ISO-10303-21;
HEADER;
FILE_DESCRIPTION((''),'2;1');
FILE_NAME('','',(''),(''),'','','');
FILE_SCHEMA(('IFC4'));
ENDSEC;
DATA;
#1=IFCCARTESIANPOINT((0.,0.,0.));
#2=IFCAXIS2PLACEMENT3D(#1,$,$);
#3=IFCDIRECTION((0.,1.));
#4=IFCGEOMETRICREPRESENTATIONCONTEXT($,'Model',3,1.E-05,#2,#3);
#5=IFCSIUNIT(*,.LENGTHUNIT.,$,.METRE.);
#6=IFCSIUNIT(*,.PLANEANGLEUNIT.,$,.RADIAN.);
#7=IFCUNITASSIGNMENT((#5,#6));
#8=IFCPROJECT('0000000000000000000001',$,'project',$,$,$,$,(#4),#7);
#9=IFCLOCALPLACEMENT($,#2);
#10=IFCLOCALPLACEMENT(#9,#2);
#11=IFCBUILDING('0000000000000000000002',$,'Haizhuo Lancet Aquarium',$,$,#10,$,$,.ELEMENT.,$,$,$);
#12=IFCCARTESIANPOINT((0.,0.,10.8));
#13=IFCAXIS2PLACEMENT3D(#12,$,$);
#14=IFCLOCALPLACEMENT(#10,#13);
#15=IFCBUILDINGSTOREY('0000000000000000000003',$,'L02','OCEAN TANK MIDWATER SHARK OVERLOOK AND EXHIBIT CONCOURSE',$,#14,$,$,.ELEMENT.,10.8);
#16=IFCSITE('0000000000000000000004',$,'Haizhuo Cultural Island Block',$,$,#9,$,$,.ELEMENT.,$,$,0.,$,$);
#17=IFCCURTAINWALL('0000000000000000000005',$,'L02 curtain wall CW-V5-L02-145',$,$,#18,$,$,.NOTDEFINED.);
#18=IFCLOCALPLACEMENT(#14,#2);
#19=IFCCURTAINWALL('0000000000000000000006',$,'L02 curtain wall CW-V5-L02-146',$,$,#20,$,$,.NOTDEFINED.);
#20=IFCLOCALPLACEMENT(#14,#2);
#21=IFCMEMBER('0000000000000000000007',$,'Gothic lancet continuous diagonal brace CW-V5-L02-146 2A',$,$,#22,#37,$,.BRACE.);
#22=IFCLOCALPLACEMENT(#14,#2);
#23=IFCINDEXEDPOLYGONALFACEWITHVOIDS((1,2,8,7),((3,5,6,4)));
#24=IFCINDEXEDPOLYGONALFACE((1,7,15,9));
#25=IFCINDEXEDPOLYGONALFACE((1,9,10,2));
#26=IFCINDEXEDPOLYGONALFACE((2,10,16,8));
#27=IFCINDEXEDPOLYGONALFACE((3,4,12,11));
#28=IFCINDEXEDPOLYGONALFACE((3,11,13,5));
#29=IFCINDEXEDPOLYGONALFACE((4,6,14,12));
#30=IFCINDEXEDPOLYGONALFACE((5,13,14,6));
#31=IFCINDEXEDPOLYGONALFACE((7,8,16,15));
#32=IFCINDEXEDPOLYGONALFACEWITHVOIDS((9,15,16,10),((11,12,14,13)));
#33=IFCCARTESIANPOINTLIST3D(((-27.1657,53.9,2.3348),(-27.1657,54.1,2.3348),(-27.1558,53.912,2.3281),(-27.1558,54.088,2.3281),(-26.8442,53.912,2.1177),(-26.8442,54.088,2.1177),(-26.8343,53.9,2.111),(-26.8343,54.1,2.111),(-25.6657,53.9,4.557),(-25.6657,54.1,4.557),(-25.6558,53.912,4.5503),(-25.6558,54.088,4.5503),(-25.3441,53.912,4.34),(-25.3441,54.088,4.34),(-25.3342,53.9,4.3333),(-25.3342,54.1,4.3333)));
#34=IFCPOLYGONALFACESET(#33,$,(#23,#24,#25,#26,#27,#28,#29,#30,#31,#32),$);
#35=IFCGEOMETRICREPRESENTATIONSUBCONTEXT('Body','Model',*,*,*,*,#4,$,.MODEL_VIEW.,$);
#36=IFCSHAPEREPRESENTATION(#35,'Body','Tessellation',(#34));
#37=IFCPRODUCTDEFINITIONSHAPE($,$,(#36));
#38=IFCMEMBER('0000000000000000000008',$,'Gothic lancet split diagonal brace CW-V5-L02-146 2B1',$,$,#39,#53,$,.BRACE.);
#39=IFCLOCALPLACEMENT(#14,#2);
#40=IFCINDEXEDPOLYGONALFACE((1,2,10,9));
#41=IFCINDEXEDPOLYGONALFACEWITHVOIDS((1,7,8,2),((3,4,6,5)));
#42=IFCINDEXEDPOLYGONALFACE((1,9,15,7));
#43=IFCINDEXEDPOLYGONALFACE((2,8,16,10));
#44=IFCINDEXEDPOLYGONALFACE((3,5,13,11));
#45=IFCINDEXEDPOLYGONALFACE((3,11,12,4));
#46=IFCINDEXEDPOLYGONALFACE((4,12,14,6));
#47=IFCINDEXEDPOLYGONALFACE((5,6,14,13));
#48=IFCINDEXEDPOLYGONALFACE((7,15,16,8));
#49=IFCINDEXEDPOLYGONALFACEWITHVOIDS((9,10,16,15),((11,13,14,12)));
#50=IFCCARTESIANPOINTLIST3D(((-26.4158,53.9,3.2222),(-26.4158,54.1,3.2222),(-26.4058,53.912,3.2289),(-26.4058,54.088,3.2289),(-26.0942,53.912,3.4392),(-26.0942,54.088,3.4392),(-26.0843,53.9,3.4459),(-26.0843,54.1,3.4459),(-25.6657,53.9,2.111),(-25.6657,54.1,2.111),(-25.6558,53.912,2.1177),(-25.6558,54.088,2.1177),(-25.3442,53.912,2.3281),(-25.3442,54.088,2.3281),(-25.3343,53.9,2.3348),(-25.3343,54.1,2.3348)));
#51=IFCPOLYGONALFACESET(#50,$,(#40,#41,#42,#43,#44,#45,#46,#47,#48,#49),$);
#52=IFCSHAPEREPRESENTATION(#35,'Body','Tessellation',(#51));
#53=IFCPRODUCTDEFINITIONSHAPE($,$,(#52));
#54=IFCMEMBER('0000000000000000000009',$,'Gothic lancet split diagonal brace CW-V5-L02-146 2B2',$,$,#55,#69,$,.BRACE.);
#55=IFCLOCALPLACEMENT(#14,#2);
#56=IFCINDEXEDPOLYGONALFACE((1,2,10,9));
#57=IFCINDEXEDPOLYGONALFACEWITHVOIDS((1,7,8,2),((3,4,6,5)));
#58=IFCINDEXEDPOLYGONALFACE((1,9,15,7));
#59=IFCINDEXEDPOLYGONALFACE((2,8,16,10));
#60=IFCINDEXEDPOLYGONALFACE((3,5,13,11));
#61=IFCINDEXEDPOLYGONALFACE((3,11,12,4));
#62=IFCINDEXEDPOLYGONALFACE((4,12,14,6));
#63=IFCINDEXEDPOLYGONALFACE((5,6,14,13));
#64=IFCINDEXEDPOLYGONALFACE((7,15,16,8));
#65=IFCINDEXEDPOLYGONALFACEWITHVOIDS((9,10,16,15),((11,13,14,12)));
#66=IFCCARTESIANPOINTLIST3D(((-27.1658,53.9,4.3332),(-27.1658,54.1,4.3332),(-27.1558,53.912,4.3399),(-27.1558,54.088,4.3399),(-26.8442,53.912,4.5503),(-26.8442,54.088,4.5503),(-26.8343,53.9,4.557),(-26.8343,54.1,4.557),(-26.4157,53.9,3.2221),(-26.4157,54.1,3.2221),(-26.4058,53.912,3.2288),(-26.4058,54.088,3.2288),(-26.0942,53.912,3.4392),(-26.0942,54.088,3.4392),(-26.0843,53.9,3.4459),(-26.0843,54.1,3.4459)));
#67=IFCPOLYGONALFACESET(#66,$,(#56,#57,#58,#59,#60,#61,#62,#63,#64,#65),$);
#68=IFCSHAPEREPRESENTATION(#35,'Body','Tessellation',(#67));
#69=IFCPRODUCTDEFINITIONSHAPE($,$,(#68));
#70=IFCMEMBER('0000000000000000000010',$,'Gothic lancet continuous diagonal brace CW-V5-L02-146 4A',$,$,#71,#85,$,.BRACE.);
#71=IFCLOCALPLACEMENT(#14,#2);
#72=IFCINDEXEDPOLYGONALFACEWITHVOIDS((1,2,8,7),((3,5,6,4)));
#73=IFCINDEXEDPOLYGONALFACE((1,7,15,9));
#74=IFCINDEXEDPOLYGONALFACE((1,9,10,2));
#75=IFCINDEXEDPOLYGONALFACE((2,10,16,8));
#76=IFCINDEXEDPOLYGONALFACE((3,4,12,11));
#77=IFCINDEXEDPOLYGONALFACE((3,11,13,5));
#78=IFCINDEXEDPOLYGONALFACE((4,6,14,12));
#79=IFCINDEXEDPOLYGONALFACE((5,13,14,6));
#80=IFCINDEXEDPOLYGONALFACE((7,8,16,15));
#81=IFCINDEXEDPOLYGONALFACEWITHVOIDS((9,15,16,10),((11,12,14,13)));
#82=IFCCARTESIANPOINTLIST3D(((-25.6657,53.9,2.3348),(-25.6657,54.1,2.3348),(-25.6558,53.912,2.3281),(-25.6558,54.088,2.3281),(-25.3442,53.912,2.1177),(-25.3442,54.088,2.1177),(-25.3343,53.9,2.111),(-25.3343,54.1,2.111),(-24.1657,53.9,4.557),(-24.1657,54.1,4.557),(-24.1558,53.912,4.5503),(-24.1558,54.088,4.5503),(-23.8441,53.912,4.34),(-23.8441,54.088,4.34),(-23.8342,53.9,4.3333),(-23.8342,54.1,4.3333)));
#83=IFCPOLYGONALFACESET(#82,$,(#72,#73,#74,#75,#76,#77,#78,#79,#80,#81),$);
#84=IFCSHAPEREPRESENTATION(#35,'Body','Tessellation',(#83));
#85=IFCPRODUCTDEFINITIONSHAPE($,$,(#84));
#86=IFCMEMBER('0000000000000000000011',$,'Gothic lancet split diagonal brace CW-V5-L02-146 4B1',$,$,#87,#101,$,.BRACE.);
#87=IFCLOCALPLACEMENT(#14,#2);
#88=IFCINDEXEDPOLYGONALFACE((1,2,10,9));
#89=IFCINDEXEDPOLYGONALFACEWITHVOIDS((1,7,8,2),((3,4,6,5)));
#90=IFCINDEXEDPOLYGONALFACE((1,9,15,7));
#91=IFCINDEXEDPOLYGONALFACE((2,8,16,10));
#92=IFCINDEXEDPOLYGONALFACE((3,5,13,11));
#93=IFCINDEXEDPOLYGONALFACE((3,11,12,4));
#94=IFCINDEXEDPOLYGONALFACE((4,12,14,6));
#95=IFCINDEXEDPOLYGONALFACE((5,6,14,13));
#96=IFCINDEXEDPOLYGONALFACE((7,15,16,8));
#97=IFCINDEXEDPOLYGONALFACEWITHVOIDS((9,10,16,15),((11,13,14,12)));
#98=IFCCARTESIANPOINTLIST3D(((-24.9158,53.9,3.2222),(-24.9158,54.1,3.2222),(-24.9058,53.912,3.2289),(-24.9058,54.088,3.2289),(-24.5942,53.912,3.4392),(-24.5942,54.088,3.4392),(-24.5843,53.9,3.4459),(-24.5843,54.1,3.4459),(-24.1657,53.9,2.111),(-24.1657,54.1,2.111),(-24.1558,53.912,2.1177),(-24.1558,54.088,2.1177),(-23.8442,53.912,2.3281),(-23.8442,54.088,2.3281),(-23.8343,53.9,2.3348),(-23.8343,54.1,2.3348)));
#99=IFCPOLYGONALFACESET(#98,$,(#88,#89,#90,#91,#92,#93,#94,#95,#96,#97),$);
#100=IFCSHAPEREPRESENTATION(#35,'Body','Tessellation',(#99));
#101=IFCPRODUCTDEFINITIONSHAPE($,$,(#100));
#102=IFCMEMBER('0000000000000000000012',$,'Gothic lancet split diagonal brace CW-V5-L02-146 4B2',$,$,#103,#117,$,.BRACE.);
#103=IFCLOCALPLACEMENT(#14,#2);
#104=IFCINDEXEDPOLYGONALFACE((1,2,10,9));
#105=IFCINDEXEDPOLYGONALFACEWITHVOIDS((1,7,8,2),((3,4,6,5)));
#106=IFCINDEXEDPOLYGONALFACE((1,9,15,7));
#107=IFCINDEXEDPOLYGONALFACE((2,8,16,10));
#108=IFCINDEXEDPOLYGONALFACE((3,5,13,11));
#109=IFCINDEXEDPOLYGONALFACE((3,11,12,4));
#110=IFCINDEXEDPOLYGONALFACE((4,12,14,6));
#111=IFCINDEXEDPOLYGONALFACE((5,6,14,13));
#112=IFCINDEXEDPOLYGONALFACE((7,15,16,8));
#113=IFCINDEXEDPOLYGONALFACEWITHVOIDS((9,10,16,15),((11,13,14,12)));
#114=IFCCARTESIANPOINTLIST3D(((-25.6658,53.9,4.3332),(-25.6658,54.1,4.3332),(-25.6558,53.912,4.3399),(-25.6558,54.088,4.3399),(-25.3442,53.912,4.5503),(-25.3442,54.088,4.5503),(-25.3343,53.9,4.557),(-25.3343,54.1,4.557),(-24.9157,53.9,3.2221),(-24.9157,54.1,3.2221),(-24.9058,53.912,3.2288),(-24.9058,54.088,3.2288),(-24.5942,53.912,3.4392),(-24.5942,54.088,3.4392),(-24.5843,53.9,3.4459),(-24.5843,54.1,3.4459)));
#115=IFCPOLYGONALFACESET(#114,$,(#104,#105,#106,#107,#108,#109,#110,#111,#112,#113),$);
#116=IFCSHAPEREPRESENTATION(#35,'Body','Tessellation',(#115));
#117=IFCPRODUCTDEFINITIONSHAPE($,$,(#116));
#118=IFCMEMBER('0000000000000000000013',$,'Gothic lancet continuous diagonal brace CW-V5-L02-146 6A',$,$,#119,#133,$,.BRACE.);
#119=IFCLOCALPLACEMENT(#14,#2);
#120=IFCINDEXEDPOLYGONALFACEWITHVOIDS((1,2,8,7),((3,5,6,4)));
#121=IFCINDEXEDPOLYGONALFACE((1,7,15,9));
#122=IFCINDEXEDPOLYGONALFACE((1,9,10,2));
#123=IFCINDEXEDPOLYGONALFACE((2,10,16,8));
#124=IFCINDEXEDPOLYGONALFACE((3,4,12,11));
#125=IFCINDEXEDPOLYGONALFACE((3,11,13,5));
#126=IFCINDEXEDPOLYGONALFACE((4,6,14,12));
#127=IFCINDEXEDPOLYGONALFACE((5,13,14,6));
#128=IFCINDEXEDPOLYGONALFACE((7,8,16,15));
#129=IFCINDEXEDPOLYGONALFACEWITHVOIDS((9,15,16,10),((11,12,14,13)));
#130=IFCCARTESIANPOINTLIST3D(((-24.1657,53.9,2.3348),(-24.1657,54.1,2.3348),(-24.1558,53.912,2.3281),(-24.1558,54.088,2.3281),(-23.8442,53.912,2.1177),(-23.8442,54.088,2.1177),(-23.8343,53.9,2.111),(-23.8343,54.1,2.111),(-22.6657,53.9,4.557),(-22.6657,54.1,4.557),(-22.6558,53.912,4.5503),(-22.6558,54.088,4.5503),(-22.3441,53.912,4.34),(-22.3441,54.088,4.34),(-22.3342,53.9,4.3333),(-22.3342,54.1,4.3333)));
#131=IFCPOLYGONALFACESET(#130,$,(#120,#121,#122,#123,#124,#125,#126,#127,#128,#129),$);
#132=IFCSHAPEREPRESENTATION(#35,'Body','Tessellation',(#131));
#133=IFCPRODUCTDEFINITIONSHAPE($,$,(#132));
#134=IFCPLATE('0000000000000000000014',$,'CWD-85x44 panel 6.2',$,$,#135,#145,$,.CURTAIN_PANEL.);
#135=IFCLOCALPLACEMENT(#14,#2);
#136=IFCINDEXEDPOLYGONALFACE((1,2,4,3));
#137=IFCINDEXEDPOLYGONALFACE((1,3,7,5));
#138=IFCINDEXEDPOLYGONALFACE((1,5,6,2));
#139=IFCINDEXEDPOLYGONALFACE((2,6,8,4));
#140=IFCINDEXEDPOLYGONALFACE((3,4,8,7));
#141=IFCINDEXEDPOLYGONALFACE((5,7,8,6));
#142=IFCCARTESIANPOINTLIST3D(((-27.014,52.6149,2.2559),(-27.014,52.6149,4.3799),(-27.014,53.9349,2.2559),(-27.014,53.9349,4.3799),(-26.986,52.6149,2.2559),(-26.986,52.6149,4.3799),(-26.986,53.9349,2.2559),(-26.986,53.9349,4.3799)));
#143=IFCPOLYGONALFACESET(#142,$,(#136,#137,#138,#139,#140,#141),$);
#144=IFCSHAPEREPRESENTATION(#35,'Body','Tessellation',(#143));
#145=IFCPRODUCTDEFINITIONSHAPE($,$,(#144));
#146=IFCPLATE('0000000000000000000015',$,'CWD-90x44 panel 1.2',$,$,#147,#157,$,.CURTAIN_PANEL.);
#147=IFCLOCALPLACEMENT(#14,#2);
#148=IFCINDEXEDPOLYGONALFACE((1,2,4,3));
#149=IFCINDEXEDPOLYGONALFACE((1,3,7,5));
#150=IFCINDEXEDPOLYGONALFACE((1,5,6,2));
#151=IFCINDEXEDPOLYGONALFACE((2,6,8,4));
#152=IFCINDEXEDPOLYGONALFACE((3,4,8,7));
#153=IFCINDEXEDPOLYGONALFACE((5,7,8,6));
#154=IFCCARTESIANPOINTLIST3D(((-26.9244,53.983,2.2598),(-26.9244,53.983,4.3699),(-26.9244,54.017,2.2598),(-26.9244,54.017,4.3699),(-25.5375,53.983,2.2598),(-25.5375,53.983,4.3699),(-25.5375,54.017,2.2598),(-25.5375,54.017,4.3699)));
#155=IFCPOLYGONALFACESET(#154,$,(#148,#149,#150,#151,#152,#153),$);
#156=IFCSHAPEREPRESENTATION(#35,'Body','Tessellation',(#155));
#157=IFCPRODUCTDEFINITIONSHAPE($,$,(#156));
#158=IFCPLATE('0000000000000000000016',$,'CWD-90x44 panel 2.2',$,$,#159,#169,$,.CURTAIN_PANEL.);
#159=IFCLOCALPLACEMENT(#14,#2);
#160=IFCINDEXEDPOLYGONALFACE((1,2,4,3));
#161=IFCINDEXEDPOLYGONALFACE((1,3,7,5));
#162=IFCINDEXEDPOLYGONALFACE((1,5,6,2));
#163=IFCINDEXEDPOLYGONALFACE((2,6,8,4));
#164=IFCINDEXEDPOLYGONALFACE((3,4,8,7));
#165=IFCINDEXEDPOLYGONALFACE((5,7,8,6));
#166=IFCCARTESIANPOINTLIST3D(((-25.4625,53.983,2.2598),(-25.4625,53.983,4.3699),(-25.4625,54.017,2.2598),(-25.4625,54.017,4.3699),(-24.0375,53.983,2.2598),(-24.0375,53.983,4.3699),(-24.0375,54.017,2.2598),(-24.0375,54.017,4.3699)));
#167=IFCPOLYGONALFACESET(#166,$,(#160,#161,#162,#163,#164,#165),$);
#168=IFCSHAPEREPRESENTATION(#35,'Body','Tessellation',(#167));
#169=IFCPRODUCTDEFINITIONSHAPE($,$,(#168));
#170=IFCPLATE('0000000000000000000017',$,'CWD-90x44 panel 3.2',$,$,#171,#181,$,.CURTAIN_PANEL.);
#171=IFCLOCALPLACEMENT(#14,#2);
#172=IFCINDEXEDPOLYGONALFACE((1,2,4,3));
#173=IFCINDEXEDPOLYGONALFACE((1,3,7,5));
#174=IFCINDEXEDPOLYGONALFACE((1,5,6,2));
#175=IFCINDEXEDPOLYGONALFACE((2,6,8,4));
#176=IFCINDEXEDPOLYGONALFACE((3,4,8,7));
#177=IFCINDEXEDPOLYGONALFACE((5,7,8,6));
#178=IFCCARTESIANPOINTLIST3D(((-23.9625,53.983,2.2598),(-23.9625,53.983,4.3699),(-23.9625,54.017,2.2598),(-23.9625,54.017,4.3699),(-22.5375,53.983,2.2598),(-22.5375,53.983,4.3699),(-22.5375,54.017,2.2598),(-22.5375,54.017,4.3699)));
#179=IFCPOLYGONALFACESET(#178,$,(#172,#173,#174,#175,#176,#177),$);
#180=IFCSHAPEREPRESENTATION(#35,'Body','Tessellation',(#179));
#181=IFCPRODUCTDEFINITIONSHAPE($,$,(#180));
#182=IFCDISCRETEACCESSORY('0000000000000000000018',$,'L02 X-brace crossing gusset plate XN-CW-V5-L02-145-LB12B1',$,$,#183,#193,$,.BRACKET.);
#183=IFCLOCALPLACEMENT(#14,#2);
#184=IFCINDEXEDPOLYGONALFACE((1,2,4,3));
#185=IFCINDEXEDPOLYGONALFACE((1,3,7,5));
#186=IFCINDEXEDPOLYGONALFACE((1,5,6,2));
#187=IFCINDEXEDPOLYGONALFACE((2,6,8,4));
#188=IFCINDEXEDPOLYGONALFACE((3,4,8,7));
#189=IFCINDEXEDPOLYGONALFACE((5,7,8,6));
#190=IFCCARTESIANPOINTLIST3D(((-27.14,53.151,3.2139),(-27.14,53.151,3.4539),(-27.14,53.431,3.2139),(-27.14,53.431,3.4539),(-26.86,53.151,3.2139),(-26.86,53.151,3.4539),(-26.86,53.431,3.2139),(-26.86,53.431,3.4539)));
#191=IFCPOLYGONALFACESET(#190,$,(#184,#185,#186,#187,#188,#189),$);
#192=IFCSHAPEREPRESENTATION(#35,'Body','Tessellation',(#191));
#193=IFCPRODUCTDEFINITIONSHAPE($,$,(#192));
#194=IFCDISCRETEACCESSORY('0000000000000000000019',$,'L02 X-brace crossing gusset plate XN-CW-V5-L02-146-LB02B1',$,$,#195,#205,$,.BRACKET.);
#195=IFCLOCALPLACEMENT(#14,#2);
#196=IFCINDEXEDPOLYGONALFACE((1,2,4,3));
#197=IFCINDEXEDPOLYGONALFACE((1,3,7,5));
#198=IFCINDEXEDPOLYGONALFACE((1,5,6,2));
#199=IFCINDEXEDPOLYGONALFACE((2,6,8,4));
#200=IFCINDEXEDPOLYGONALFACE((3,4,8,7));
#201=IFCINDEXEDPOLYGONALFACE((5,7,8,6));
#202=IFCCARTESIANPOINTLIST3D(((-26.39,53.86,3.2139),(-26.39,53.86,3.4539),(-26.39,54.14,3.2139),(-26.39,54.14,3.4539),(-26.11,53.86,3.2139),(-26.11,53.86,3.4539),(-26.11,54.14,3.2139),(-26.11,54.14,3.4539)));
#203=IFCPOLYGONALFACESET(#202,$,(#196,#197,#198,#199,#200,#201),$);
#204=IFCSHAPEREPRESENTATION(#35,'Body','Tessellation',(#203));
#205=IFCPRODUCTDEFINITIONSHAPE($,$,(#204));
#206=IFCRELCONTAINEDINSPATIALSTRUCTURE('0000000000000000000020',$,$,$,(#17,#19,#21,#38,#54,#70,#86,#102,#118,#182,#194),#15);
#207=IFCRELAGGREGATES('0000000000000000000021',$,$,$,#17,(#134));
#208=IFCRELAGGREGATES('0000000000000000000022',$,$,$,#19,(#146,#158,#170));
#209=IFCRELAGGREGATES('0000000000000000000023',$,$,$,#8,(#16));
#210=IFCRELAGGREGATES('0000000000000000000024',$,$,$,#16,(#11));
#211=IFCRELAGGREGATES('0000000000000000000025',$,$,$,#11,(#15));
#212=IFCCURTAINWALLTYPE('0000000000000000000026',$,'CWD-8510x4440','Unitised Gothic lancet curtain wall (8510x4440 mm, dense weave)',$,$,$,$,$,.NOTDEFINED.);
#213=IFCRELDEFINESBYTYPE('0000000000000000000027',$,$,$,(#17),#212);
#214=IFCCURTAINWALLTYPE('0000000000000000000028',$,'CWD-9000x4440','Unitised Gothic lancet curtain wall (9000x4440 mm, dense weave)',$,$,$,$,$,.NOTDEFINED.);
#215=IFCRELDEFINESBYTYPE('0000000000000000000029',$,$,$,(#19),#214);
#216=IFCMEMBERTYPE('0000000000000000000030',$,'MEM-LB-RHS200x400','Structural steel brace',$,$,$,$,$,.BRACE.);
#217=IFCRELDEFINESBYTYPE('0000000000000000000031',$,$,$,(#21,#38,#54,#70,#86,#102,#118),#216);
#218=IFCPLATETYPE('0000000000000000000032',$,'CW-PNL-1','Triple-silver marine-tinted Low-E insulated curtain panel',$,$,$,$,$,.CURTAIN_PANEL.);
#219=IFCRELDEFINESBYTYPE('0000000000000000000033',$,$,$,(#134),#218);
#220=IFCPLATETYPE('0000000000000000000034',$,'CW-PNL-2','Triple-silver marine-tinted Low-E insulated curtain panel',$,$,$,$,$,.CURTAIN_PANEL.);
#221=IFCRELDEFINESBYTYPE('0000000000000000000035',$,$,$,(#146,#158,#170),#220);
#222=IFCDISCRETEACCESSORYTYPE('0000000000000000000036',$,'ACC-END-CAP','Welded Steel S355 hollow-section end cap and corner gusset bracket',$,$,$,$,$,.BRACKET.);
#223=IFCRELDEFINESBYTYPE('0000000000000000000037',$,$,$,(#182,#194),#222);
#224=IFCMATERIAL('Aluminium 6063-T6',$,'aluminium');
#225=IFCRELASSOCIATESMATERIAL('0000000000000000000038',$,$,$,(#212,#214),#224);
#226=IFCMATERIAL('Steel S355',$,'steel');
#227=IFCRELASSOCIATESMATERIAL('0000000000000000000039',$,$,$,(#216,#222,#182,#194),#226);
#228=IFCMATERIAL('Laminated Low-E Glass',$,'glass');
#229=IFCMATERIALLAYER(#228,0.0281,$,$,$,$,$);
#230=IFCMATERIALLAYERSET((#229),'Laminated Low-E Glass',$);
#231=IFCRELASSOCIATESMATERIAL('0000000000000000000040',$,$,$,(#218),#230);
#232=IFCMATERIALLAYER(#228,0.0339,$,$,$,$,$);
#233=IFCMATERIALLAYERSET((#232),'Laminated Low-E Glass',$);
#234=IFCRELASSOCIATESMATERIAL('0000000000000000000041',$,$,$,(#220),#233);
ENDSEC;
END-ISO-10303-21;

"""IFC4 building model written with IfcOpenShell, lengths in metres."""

from ifc_helpers import new_model, si_unit, direction, frame, origin, origin_2d, place, context, subcontext, project, spatial, rectangle, hollow_rectangle, extrude, material, layer, layer_set, material_profile, profile_set, type_object, element, aggregate, save


model = new_model("IFC4")

# Units and contexts
model_context = context("Model", 3, precision=1e-05, world=origin(), true_north=direction((0.0, 1.0)))
body_context = subcontext(model_context, "Body", "Model", "MODEL_VIEW")
ifc_project = project(units=[si_unit("LENGTHUNIT", "METRE"), si_unit("PLANEANGLEUNIT", "RADIAN")], contexts=[model_context])

# Site, building, storey
site_placement = place(None, origin())
site = spatial("IfcSite", under=ifc_project, at=site_placement, Name="Haizhuo Cultural Island Block", CompositionType="ELEMENT", RefElevation=0.0)
building_placement = place(site_placement, origin())
building = spatial("IfcBuilding", under=site, at=building_placement, Name="Haizhuo Lancet Aquarium", CompositionType="ELEMENT")
storey_placement = place(building_placement, frame((0.0, 0.0, 10.8)))
storey = spatial("IfcBuildingStorey", under=building, at=storey_placement, Name="L02", Description="OCEAN TANK MIDWATER SHARK OVERLOOK AND EXHIBIT CONCOURSE", CompositionType="ELEMENT", Elevation=10.8)

# Curtain walls
ifc_material_1 = material(Name="Aluminium 6063-T6", Category="aluminium")
curtain_wall_type_1 = type_object("IfcCurtainWallType", Name="CWD-8510x4440", Description="Unitised Gothic lancet curtain wall (8510x4440 mm, dense weave)", PredefinedType="NOTDEFINED", material=ifc_material_1)
curtain_wall_1_placement = place(storey_placement, origin())
curtain_wall_1 = element("IfcCurtainWall", 1, at=curtain_wall_1_placement, inside=storey, type_object=curtain_wall_type_1, Name="L02 curtain wall CW-V5-L02-145", PredefinedType="NOTDEFINED")
curtain_wall_type_2 = type_object("IfcCurtainWallType", Name="CWD-9000x4440", Description="Unitised Gothic lancet curtain wall (9000x4440 mm, dense weave)", PredefinedType="NOTDEFINED", material=ifc_material_1)
curtain_wall_2_placement = place(storey_placement, origin())
curtain_wall_2 = element("IfcCurtainWall", 2, at=curtain_wall_2_placement, inside=storey, type_object=curtain_wall_type_2, Name="L02 curtain wall CW-V5-L02-146", PredefinedType="NOTDEFINED")

# Members
ifc_material_2 = material(Name="Steel S355", Category="steel")
ifc_material_profile_1 = material_profile(ifc_material_2, hollow_rectangle(XDim=0.2, YDim=0.3999, WallThickness=0.012, at=origin_2d()), Name="RHS 200x400x12")
ifc_profile_set_1 = profile_set([ifc_material_profile_1], Name="Steel S355")
member_type_1 = type_object("IfcMemberType", Name="MEM-LB-RHS200x400", Description="Structural steel brace", PredefinedType="BRACE", material=ifc_profile_set_1)
member_1_placement = place(storey_placement, frame((-27.0, 54.0, 2.2229), z_axis=(0.559482, 0.0, 0.828842), x_axis=(0.0, 1.0, 0.0)))
element("IfcMember", 3, at=member_1_placement, inside=storey, type_object=member_type_1, Name="Gothic lancet continuous diagonal brace CW-V5-L02-146 2A", PredefinedType="BRACE", context=body_context, shape_type="SweptSolid", body=[
    extrude(hollow_rectangle(XDim=0.2, YDim=0.3999, WallThickness=0.012, at=origin_2d()), origin(), (0.0, 0.0, 1.0), 2.6812),
])
for number, where, z_axis, x_axis, name in (
    (4, (-25.5, 54.0, 2.2229), (-0.559482, 0.0, 0.828842), (0.0, -1.0, 0.0), "Gothic lancet split diagonal brace CW-V5-L02-146 2B1"),
    (5, (-26.25, 54.0, 3.334), (-0.559482, 0.0, 0.828842), (0.0, -1.0, 0.0), "Gothic lancet split diagonal brace CW-V5-L02-146 2B2"),
):
    element("IfcMember", number, at=place(storey_placement, frame(where, z_axis=z_axis, x_axis=x_axis)), inside=storey, type_object=member_type_1, Name=name, PredefinedType="BRACE", context=body_context, shape_type="SweptSolid", body=[
        extrude(hollow_rectangle(XDim=0.2, YDim=0.3999, WallThickness=0.012, at=origin_2d()), origin(), (0.0, 0.0, 1.0), 1.3406),
    ])
member_2_placement = place(storey_placement, frame((-25.5, 54.0, 2.2229), z_axis=(0.559482, 0.0, 0.828842), x_axis=(0.0, 1.0, 0.0)))
element("IfcMember", 6, at=member_2_placement, inside=storey, type_object=member_type_1, Name="Gothic lancet continuous diagonal brace CW-V5-L02-146 4A", PredefinedType="BRACE", context=body_context, shape_type="SweptSolid", body=[
    extrude(hollow_rectangle(XDim=0.2, YDim=0.3999, WallThickness=0.012, at=origin_2d()), origin(), (0.0, 0.0, 1.0), 2.6812),
])
for number, where, z_axis, x_axis, name in (
    (7, (-24.0, 54.0, 2.2229), (-0.559482, 0.0, 0.828842), (0.0, -1.0, 0.0), "Gothic lancet split diagonal brace CW-V5-L02-146 4B1"),
    (8, (-24.75, 54.0, 3.334), (-0.559482, 0.0, 0.828842), (0.0, -1.0, 0.0), "Gothic lancet split diagonal brace CW-V5-L02-146 4B2"),
):
    element("IfcMember", number, at=place(storey_placement, frame(where, z_axis=z_axis, x_axis=x_axis)), inside=storey, type_object=member_type_1, Name=name, PredefinedType="BRACE", context=body_context, shape_type="SweptSolid", body=[
        extrude(hollow_rectangle(XDim=0.2, YDim=0.3999, WallThickness=0.012, at=origin_2d()), origin(), (0.0, 0.0, 1.0), 1.3406),
    ])
member_3_placement = place(storey_placement, frame((-24.0, 54.0, 2.2229), z_axis=(0.559482, 0.0, 0.828842), x_axis=(0.0, 1.0, 0.0)))
element("IfcMember", 9, at=member_3_placement, inside=storey, type_object=member_type_1, Name="Gothic lancet continuous diagonal brace CW-V5-L02-146 6A", PredefinedType="BRACE", context=body_context, shape_type="SweptSolid", body=[
    extrude(hollow_rectangle(XDim=0.2, YDim=0.3999, WallThickness=0.012, at=origin_2d()), origin(), (0.0, 0.0, 1.0), 2.6812),
])

# Plates
ifc_material_3 = material(Name="Laminated Low-E Glass", Category="glass")
ifc_layer_1 = layer(ifc_material_3, 0.0281)
ifc_layer_set_1 = layer_set([ifc_layer_1], Name="Laminated Low-E Glass")
plate_type_1 = type_object("IfcPlateType", Name="CW-PNL-1", Description="Triple-silver marine-tinted Low-E insulated curtain panel", PredefinedType="CURTAIN_PANEL", material=ifc_layer_set_1)
plate_1_placement = place(storey_placement, frame((-27.0, 53.2749, 2.2559), z_axis=(0.0, 0.0, 1.0), x_axis=(0.0, 1.0, 0.0)))
plate_1 = element("IfcPlate", 10, at=plate_1_placement, type_object=plate_type_1, Name="CWD-85x44 panel 6.2", PredefinedType="CURTAIN_PANEL", context=body_context, shape_type="SweptSolid", body=[
    extrude(rectangle(XDim=1.3201, YDim=0.0281, at=origin_2d()), origin(), (0.0, 0.0, 1.0), 2.124),
])
aggregate(curtain_wall_1, [plate_1])
ifc_layer_2 = layer(ifc_material_3, 0.0339)
ifc_layer_set_2 = layer_set([ifc_layer_2], Name="Laminated Low-E Glass")
plate_type_2 = type_object("IfcPlateType", Name="CW-PNL-2", Description="Triple-silver marine-tinted Low-E insulated curtain panel", PredefinedType="CURTAIN_PANEL", material=ifc_layer_set_2)
plate_2_placement = place(storey_placement, frame((-26.231, 54.0, 2.2598), z_axis=(0.0, 0.0, 1.0), x_axis=(1.0, 0.0, 0.0)))
plate_2 = element("IfcPlate", 11, at=plate_2_placement, type_object=plate_type_2, Name="CWD-90x44 panel 1.2", PredefinedType="CURTAIN_PANEL", context=body_context, shape_type="SweptSolid", body=[
    extrude(rectangle(XDim=1.387, YDim=0.0339, at=origin_2d()), origin(), (0.0, 0.0, 1.0), 2.1101),
])
plate_3_placement = place(storey_placement, frame((-24.75, 54.0, 2.2598), z_axis=(0.0, 0.0, 1.0), x_axis=(1.0, 0.0, 0.0)))
plate_3 = element("IfcPlate", 12, at=plate_3_placement, type_object=plate_type_2, Name="CWD-90x44 panel 2.2", PredefinedType="CURTAIN_PANEL", context=body_context, shape_type="SweptSolid", body=[
    extrude(rectangle(XDim=1.425, YDim=0.0339, at=origin_2d()), origin(), (0.0, 0.0, 1.0), 2.1101),
])
plate_4_placement = place(storey_placement, frame((-23.25, 54.0, 2.2598), z_axis=(0.0, 0.0, 1.0), x_axis=(1.0, 0.0, 0.0)))
plate_4 = element("IfcPlate", 13, at=plate_4_placement, type_object=plate_type_2, Name="CWD-90x44 panel 3.2", PredefinedType="CURTAIN_PANEL", context=body_context, shape_type="SweptSolid", body=[
    extrude(rectangle(XDim=1.425, YDim=0.0339, at=origin_2d()), origin(), (0.0, 0.0, 1.0), 2.1101),
])
aggregate(curtain_wall_2, [plate_2, plate_3, plate_4])

# Discrete accessories
discrete_accessory_type = type_object("IfcDiscreteAccessoryType", Name="ACC-END-CAP", Description="Welded Steel S355 hollow-section end cap and corner gusset bracket", PredefinedType="BRACKET", material=ifc_material_2)
for number, where, z_axis, x_axis, name in (
    (14, (-27.0, 53.291, 3.2139), (0.0, 0.0, 1.0), (1.0, 0.0, 0.0), "L02 X-brace crossing gusset plate XN-CW-V5-L02-145-LB12B1"),
    (15, (-26.25, 54.0, 3.2139), (0.0, 0.0, 1.0), (1.0, 0.0, 0.0), "L02 X-brace crossing gusset plate XN-CW-V5-L02-146-LB02B1"),
):
    element("IfcDiscreteAccessory", number, at=place(storey_placement, frame(where, z_axis=z_axis, x_axis=x_axis)), inside=storey, type_object=discrete_accessory_type, material=ifc_material_2, Name=name, PredefinedType="BRACKET", context=body_context, shape_type="SweptSolid", body=[
        extrude(rectangle(XDim=0.28, YDim=0.28, at=origin_2d()), origin(), (0.0, 0.0, 1.0), 0.24),
    ])

save(model, "model.ifc")
